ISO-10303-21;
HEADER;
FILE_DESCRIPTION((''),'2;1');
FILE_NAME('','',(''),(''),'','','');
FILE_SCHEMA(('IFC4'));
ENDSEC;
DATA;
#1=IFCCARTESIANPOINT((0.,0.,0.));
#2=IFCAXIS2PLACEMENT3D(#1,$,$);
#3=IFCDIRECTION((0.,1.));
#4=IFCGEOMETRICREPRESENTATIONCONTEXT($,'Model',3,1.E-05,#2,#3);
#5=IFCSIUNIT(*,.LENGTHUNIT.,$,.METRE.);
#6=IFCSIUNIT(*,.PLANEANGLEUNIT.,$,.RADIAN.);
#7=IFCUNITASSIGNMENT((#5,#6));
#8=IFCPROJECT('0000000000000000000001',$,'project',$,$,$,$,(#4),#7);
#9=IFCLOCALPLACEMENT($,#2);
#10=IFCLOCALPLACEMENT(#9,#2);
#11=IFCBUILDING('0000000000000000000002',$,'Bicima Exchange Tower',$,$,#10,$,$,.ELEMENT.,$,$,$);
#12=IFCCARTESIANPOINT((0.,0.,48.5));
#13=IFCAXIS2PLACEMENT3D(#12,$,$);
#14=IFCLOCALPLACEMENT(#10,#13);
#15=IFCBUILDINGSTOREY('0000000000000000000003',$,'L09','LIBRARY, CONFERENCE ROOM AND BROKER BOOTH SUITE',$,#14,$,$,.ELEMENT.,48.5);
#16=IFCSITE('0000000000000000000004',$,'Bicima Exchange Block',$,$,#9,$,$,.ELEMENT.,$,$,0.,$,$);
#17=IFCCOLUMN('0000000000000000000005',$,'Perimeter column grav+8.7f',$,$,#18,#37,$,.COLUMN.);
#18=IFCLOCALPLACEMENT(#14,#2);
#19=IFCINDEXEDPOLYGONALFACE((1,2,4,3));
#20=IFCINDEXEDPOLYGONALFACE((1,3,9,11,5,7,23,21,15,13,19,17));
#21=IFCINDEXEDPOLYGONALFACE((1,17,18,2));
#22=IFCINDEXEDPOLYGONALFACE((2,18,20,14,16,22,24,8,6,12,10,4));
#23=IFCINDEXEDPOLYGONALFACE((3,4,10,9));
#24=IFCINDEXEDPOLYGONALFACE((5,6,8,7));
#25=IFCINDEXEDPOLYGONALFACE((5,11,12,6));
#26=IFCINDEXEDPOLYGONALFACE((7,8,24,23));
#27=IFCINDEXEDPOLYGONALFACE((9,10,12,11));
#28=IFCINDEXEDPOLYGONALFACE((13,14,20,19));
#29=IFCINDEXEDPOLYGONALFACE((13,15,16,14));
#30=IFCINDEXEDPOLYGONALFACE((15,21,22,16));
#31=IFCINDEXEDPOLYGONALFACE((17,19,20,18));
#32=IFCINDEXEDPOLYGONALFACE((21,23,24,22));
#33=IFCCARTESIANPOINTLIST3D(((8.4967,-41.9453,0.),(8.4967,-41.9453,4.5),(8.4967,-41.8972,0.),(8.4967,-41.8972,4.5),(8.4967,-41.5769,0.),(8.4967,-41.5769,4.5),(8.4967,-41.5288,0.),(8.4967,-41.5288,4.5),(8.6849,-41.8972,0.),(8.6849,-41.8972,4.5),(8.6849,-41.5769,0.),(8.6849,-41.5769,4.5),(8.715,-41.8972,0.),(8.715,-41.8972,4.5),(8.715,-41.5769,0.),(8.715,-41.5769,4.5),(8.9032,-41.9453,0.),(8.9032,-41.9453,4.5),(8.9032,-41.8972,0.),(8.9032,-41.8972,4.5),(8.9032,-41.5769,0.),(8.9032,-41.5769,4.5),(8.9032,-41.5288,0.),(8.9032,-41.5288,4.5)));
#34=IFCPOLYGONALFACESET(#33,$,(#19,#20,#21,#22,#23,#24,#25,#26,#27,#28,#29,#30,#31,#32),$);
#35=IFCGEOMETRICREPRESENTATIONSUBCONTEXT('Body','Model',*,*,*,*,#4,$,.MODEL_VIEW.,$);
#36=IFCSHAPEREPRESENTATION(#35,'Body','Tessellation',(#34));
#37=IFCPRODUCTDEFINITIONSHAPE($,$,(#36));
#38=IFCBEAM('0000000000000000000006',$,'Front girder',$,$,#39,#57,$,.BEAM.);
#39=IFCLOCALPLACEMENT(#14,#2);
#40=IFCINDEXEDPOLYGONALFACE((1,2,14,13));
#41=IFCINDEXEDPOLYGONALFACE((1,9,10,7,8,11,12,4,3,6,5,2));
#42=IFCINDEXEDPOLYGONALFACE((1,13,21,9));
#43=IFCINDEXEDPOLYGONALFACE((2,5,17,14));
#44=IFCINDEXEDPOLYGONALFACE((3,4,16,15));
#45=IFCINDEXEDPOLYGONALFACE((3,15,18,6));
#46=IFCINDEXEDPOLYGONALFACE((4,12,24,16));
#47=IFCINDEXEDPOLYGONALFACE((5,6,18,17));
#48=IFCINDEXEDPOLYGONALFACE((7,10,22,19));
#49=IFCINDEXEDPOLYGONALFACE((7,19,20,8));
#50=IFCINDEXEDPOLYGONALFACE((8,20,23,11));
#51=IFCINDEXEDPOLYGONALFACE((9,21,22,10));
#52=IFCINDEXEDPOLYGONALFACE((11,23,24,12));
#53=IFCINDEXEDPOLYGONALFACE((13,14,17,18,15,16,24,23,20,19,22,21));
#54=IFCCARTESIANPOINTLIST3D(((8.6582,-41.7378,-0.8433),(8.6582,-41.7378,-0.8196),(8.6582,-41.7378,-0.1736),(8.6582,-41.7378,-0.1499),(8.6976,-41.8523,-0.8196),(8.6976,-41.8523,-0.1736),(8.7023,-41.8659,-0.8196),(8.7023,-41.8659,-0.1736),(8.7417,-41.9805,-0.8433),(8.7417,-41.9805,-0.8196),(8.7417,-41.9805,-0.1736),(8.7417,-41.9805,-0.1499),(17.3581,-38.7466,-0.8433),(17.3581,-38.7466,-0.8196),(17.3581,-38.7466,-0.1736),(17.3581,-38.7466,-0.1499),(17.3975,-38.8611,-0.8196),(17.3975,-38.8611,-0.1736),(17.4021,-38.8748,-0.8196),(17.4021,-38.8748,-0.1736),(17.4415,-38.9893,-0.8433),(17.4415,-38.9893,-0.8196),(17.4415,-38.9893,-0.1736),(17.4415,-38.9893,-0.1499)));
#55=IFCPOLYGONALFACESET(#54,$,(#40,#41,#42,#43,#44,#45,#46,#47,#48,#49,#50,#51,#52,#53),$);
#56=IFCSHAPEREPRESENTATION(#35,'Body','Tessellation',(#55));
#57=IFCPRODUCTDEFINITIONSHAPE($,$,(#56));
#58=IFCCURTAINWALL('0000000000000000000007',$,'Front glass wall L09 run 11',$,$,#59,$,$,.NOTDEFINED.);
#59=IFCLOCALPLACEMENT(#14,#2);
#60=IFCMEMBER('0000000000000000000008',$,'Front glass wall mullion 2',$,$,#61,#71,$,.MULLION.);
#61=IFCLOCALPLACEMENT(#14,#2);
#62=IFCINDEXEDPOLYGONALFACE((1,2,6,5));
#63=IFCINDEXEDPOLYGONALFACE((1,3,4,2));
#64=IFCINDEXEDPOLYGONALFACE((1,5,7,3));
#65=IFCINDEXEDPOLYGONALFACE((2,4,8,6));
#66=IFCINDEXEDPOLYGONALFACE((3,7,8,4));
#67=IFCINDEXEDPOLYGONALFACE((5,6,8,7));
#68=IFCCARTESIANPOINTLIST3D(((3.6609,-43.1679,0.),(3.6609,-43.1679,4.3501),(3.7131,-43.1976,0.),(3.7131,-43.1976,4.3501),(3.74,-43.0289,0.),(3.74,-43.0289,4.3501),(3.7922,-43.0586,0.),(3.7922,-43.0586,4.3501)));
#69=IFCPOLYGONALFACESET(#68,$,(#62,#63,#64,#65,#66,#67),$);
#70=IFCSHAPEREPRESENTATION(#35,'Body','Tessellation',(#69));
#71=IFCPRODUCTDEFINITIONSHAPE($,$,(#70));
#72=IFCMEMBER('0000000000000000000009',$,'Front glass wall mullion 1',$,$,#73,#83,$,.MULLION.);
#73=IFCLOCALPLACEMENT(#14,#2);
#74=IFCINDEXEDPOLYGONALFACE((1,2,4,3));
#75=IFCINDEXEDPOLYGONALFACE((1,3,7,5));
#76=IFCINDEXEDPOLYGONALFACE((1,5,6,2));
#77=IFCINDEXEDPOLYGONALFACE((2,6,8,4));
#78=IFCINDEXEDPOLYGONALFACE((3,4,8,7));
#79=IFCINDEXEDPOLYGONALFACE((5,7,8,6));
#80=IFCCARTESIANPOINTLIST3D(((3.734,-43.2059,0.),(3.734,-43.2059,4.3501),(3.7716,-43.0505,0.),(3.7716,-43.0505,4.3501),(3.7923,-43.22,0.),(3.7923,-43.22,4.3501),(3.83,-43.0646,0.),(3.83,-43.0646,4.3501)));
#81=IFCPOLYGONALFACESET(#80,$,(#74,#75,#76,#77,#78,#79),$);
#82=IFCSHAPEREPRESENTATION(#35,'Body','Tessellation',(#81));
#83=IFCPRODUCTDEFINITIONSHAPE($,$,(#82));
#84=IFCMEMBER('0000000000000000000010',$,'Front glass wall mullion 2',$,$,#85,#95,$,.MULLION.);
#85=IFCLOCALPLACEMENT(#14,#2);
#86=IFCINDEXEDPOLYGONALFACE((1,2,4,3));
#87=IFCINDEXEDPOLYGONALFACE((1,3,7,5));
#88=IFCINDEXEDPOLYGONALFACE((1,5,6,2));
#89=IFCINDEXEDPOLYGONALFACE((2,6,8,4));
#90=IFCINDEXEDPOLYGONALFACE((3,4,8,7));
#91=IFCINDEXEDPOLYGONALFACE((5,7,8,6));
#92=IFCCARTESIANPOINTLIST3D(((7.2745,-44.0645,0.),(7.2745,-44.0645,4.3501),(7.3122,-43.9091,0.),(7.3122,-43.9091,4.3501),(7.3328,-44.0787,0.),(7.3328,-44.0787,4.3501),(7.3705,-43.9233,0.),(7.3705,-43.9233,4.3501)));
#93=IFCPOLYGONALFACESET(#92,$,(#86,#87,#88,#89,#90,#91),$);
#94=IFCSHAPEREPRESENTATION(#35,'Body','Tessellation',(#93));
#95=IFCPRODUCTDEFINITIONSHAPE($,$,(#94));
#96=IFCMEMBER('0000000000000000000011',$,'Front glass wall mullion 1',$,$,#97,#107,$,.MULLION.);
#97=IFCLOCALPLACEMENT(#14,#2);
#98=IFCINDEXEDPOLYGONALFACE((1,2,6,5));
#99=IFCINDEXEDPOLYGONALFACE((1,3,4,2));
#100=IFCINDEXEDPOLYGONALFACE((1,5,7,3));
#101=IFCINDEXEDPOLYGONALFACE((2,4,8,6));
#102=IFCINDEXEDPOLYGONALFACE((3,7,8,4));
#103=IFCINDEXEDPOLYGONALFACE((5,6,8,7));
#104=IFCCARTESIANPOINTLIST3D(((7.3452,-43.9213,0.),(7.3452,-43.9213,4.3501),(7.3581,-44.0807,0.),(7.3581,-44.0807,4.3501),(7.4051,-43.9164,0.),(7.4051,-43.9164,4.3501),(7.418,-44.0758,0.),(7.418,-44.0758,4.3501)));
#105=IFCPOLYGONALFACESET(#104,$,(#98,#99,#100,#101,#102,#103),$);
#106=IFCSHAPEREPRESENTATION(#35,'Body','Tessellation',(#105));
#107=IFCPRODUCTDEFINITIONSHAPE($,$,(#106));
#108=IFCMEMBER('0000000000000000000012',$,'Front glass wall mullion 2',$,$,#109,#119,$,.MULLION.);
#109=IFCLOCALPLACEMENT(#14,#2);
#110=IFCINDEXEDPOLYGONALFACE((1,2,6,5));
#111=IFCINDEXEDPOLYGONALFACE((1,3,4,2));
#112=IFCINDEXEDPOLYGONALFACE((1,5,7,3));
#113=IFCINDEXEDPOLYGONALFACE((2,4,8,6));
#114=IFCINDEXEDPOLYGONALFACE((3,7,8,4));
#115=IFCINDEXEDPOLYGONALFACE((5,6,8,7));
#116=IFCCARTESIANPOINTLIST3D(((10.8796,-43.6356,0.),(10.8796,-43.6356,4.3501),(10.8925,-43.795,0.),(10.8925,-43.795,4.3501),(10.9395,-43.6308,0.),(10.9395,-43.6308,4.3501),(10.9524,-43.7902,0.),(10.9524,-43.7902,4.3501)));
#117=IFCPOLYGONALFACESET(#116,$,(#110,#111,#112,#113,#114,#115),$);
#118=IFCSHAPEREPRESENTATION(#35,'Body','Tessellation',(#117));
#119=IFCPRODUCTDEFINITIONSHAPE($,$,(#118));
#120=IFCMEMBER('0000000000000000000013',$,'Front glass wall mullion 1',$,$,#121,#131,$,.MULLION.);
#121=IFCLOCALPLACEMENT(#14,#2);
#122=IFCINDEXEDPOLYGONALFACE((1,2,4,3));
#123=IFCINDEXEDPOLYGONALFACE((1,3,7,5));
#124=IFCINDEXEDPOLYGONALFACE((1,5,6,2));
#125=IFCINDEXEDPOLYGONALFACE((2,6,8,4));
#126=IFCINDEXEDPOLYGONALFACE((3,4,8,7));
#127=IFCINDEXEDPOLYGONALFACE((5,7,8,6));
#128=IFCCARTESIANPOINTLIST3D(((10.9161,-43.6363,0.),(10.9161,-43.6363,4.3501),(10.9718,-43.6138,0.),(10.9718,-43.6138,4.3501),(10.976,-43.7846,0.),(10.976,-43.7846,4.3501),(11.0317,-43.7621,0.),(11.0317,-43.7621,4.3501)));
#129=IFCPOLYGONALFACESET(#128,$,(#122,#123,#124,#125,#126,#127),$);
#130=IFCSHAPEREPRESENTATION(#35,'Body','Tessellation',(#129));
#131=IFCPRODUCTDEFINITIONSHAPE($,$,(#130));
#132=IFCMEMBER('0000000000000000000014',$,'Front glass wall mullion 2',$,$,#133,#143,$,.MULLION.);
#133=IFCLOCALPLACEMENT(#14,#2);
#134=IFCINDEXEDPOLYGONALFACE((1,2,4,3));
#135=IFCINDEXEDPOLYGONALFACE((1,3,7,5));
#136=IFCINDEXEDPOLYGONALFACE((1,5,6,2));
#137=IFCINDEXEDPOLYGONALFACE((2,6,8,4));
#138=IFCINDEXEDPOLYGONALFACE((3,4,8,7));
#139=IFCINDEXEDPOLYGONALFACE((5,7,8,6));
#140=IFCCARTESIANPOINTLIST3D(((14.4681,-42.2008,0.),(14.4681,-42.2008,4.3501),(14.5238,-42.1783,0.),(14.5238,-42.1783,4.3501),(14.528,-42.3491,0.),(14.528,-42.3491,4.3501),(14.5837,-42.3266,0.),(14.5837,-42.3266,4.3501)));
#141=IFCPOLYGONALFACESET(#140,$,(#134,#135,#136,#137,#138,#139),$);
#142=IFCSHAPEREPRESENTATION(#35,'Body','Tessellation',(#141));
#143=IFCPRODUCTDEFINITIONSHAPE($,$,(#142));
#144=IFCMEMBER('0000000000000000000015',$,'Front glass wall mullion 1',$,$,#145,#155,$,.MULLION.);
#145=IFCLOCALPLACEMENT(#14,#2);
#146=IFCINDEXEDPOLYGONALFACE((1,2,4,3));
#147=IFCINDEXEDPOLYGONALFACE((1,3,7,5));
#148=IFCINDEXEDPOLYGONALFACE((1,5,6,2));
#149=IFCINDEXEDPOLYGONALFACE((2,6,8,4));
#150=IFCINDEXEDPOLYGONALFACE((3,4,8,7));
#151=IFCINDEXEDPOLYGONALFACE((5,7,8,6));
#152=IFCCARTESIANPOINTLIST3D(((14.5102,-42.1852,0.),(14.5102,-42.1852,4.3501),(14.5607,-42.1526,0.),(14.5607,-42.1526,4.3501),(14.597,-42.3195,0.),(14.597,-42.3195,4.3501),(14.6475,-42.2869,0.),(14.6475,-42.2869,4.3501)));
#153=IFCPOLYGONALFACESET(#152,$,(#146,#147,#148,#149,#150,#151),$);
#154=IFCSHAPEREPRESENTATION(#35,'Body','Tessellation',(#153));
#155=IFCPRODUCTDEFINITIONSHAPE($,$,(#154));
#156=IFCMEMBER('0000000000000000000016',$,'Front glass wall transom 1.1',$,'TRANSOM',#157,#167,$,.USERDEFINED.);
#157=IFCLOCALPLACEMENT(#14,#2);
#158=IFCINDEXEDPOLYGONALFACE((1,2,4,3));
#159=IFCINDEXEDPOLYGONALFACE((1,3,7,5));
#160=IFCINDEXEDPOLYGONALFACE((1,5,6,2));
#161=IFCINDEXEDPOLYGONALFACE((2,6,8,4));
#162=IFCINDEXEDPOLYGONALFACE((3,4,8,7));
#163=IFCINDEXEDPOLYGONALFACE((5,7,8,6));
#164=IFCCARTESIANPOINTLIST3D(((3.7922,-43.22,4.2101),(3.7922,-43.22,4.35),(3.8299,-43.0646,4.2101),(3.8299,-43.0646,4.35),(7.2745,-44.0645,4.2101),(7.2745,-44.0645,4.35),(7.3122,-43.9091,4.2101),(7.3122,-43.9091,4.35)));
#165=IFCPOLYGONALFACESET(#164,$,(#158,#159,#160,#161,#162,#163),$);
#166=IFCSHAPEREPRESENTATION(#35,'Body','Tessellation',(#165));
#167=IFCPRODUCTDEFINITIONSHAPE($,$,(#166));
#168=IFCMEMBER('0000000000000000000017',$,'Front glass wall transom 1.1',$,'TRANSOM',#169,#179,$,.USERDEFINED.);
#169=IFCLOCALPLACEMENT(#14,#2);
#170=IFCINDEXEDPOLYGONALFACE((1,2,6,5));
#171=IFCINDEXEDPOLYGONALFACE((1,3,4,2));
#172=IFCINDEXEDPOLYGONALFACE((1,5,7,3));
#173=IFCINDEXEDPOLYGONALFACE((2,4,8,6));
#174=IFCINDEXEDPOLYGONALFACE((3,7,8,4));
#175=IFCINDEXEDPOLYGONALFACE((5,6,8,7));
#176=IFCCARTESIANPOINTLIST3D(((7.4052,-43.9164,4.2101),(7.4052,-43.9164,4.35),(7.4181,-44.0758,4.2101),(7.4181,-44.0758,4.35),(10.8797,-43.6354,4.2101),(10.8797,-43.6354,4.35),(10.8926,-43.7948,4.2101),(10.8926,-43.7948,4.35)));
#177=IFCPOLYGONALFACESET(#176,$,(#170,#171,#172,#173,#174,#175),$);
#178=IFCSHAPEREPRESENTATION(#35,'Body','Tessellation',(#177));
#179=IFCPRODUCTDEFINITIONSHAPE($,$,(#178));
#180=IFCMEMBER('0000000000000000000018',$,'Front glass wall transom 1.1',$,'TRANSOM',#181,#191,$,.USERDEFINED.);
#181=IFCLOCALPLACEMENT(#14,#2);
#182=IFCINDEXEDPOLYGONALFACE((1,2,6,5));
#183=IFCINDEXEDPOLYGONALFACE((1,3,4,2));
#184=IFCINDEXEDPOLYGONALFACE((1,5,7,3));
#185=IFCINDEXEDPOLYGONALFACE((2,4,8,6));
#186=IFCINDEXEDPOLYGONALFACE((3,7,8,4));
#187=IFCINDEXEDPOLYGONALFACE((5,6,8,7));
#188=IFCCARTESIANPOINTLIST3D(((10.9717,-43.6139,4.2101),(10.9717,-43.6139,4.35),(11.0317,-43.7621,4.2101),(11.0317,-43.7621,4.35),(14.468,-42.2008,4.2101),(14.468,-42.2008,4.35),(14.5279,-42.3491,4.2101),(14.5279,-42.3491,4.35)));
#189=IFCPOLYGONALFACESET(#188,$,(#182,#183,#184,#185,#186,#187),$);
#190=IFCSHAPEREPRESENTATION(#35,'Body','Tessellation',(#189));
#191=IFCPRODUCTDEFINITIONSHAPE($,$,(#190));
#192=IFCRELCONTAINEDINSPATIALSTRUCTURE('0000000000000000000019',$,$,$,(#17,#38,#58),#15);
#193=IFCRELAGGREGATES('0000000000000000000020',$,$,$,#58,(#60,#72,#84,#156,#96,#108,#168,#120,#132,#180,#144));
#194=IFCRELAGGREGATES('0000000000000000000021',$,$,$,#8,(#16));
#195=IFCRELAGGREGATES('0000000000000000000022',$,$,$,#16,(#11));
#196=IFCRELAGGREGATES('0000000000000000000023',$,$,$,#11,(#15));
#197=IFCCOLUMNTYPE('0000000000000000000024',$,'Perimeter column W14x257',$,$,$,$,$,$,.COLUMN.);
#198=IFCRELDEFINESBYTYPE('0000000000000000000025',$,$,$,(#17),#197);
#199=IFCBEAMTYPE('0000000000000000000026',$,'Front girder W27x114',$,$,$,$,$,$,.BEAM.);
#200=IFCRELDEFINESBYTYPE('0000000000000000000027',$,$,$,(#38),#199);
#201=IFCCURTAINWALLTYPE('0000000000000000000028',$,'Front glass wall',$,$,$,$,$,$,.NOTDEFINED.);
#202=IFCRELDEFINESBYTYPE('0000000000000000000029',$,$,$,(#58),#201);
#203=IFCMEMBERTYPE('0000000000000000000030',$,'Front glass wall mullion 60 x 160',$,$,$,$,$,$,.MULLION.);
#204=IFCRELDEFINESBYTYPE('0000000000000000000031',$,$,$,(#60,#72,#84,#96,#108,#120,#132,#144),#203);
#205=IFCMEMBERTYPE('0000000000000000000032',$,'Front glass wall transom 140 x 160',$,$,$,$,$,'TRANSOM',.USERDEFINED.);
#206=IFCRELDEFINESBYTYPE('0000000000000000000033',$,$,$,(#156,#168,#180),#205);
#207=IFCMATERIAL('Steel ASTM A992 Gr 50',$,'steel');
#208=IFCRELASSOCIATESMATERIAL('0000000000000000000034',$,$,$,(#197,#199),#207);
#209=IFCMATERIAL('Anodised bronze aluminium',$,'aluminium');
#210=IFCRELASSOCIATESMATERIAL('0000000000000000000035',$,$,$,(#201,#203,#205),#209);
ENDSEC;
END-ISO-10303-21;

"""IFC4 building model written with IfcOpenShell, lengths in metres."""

from ifc_helpers import new_model, si_unit, direction, frame, origin, origin_2d, place, context, subcontext, project, spatial, rectangle, i_section, extrude, material, material_profile, profile_set, type_object, element, aggregate, save


model = new_model("IFC4")

# Units and contexts
model_context = context("Model", 3, precision=1e-05, world=origin(), true_north=direction((0.0, 1.0)))
body_context = subcontext(model_context, "Body", "Model", "MODEL_VIEW")
ifc_project = project(units=[si_unit("LENGTHUNIT", "METRE"), si_unit("PLANEANGLEUNIT", "RADIAN")], contexts=[model_context])

# Site, building, storey
site_placement = place(None, origin())
site = spatial("IfcSite", under=ifc_project, at=site_placement, Name="Bicima Exchange Block", CompositionType="ELEMENT", RefElevation=0.0)
building_placement = place(site_placement, origin())
building = spatial("IfcBuilding", under=site, at=building_placement, Name="Bicima Exchange Tower", CompositionType="ELEMENT")
storey_placement = place(building_placement, frame((0.0, 0.0, 48.5)))
storey = spatial("IfcBuildingStorey", under=building, at=storey_placement, Name="L09", Description="LIBRARY, CONFERENCE ROOM AND BROKER BOOTH SUITE", CompositionType="ELEMENT", Elevation=48.5)

# Column
ifc_material_1 = material(Name="Steel ASTM A992 Gr 50", Category="steel")
ifc_material_profile_1 = material_profile(ifc_material_1, i_section(OverallWidth=0.4065, OverallDepth=0.4165, WebThickness=0.03, FlangeThickness=0.0481, at=origin_2d()))
ifc_profile_set_1 = profile_set([ifc_material_profile_1], Name="Steel ASTM A992 Gr 50")
column_type = type_object("IfcColumnType", Name="Perimeter column W14x257", PredefinedType="COLUMN", material=ifc_profile_set_1)
column_placement = place(storey_placement, frame((8.7, -41.7371, 0.0), z_axis=(0.0, 0.0, 1.0), x_axis=(1.0, 0.0, 0.0)))
element("IfcColumn", 1, at=column_placement, inside=storey, type_object=column_type, Name="Perimeter column grav+8.7f", PredefinedType="COLUMN", context=body_context, shape_type="SweptSolid", body=[
    extrude(i_section(OverallWidth=0.4065, OverallDepth=0.4165, WebThickness=0.03, FlangeThickness=0.0481, at=origin_2d()), origin(), (0.0, 0.0, 1.0), 4.5),
])

# Beam
ifc_material_profile_2 = material_profile(ifc_material_1, i_section(OverallWidth=0.2566, OverallDepth=0.6934, WebThickness=0.0144, FlangeThickness=0.0237, at=origin_2d()))
ifc_profile_set_2 = profile_set([ifc_material_profile_2], Name="Steel ASTM A992 Gr 50")
beam_type = type_object("IfcBeamType", Name="Front girder W27x114", PredefinedType="BEAM", material=ifc_profile_set_2)
beam_placement = place(storey_placement, frame((8.7, -41.8591, -0.4966), z_axis=(0.945666, 0.325138, 0.0), x_axis=(-0.325138, 0.945666, 0.0)))
element("IfcBeam", 2, at=beam_placement, inside=storey, type_object=beam_type, Name="Front girder", PredefinedType="BEAM", context=body_context, shape_type="SweptSolid", body=[
    extrude(i_section(OverallWidth=0.2566, OverallDepth=0.6934, WebThickness=0.0144, FlangeThickness=0.0237, at=origin_2d()), origin(), (0.0, 0.0, 1.0), 9.1997),
])

# Curtain wall, members
ifc_material_2 = material(Name="Anodised bronze aluminium", Category="aluminium")
curtain_wall_type = type_object("IfcCurtainWallType", Name="Front glass wall", PredefinedType="NOTDEFINED", material=ifc_material_2)
curtain_wall_placement = place(storey_placement, origin())
curtain_wall = element("IfcCurtainWall", 3, at=curtain_wall_placement, inside=storey, type_object=curtain_wall_type, Name="Front glass wall L09 run 11", PredefinedType="NOTDEFINED")
ifc_material_profile_3 = material_profile(ifc_material_2, rectangle(XDim=0.1599, YDim=0.0601, at=origin_2d()))
ifc_profile_set_3 = profile_set([ifc_material_profile_3], Name="Anodised bronze aluminium")
member_type_1 = type_object("IfcMemberType", Name="Front glass wall mullion 60 x 160", PredefinedType="MULLION", material=ifc_profile_set_3)
member_1_placement = place(storey_placement, frame((3.7266, -43.1133, 0.0), z_axis=(0.0, 0.0, 1.0), x_axis=(0.49433, 0.869274, 0.0)))
member_1 = element("IfcMember", 4, at=member_1_placement, type_object=member_type_1, Name="Front glass wall mullion 2", PredefinedType="MULLION", context=body_context, shape_type="SweptSolid", body=[
    extrude(rectangle(XDim=0.1599, YDim=0.0601, at=origin_2d()), origin(), (0.0, 0.0, 1.0), 4.3501),
])
member_2_placement = place(storey_placement, frame((3.782, -43.1353, 0.0), z_axis=(0.0, 0.0, 1.0), x_axis=(0.235682, 0.97183, 0.0)))
member_2 = element("IfcMember", 5, at=member_2_placement, type_object=member_type_1, Name="Front glass wall mullion 1", PredefinedType="MULLION", context=body_context, shape_type="SweptSolid", body=[
    extrude(rectangle(XDim=0.1599, YDim=0.0601, at=origin_2d()), origin(), (0.0, 0.0, 1.0), 4.3501),
])
member_3_placement = place(storey_placement, frame((7.3225, -43.9939, 0.0), z_axis=(0.0, 0.0, 1.0), x_axis=(0.235682, 0.97183, 0.0)))
member_3 = element("IfcMember", 6, at=member_3_placement, type_object=member_type_1, Name="Front glass wall mullion 2", PredefinedType="MULLION", context=body_context, shape_type="SweptSolid", body=[
    extrude(rectangle(XDim=0.1599, YDim=0.0601, at=origin_2d()), origin(), (0.0, 0.0, 1.0), 4.3501),
])
member_4_placement = place(storey_placement, frame((7.3816, -43.9985, 0.0), z_axis=(0.0, 0.0, 1.0), x_axis=(-0.080589, 0.996747, 0.0)))
member_4 = element("IfcMember", 7, at=member_4_placement, type_object=member_type_1, Name="Front glass wall mullion 1", PredefinedType="MULLION", context=body_context, shape_type="SweptSolid", body=[
    extrude(rectangle(XDim=0.1599, YDim=0.0601, at=origin_2d()), origin(), (0.0, 0.0, 1.0), 4.3501),
])
member_5_placement = place(storey_placement, frame((10.916, -43.7129, 0.0), z_axis=(0.0, 0.0, 1.0), x_axis=(-0.080589, 0.996747, 0.0)))
member_5 = element("IfcMember", 8, at=member_5_placement, type_object=member_type_1, Name="Front glass wall mullion 2", PredefinedType="MULLION", context=body_context, shape_type="SweptSolid", body=[
    extrude(rectangle(XDim=0.1599, YDim=0.0601, at=origin_2d()), origin(), (0.0, 0.0, 1.0), 4.3501),
])
member_6_placement = place(storey_placement, frame((10.9739, -43.6992, 0.0), z_axis=(0.0, 0.0, 1.0), x_axis=(-0.374705, 0.927144, 0.0)))
member_6 = element("IfcMember", 9, at=member_6_placement, type_object=member_type_1, Name="Front glass wall mullion 1", PredefinedType="MULLION", context=body_context, shape_type="SweptSolid", body=[
    extrude(rectangle(XDim=0.1599, YDim=0.0601, at=origin_2d()), origin(), (0.0, 0.0, 1.0), 4.3501),
])
member_7_placement = place(storey_placement, frame((14.5259, -42.2637, 0.0), z_axis=(0.0, 0.0, 1.0), x_axis=(-0.374705, 0.927144, 0.0)))
member_7 = element("IfcMember", 10, at=member_7_placement, type_object=member_type_1, Name="Front glass wall mullion 2", PredefinedType="MULLION", context=body_context, shape_type="SweptSolid", body=[
    extrude(rectangle(XDim=0.1599, YDim=0.0601, at=origin_2d()), origin(), (0.0, 0.0, 1.0), 4.3501),
])
member_8_placement = place(storey_placement, frame((14.5789, -42.2361, 0.0), z_axis=(0.0, 0.0, 1.0), x_axis=(-0.542909, 0.839791, 0.0)))
member_8 = element("IfcMember", 11, at=member_8_placement, type_object=member_type_1, Name="Front glass wall mullion 1", PredefinedType="MULLION", context=body_context, shape_type="SweptSolid", body=[
    extrude(rectangle(XDim=0.1599, YDim=0.0601, at=origin_2d()), origin(), (0.0, 0.0, 1.0), 4.3501),
])
ifc_material_profile_4 = material_profile(ifc_material_2, rectangle(XDim=0.1599, YDim=0.1399, at=origin_2d()))
ifc_profile_set_4 = profile_set([ifc_material_profile_4], Name="Anodised bronze aluminium")
member_type_2 = type_object("IfcMemberType", Name="Front glass wall transom 140 x 160", ElementType="TRANSOM", PredefinedType="USERDEFINED", material=ifc_profile_set_4)
member_9_placement = place(storey_placement, frame((3.811, -43.1423, 4.28), z_axis=(0.971834, -0.235668, 0.0), x_axis=(0.235668, 0.971834, 0.0)))
member_9 = element("IfcMember", 12, at=member_9_placement, type_object=member_type_2, Name="Front glass wall transom 1.1", ObjectType="TRANSOM", PredefinedType="USERDEFINED", context=body_context, shape_type="SweptSolid", body=[
    extrude(rectangle(XDim=0.1599, YDim=0.1399, at=origin_2d()), origin(), (0.0, 0.0, 1.0), 3.5833),
])
member_10_placement = place(storey_placement, frame((7.4116, -43.9961, 4.28), z_axis=(0.996746, 0.080611, 0.0), x_axis=(-0.080611, 0.996746, 0.0)))
member_10 = element("IfcMember", 13, at=member_10_placement, type_object=member_type_2, Name="Front glass wall transom 1.1", ObjectType="TRANSOM", PredefinedType="USERDEFINED", context=body_context, shape_type="SweptSolid", body=[
    extrude(rectangle(XDim=0.1599, YDim=0.1399, at=origin_2d()), origin(), (0.0, 0.0, 1.0), 3.4858),
])
member_11_placement = place(storey_placement, frame((11.0017, -43.688, 4.28), z_axis=(0.92714, 0.374715, 0.0), x_axis=(-0.374715, 0.92714, 0.0)))
member_11 = element("IfcMember", 14, at=member_11_placement, type_object=member_type_2, Name="Front glass wall transom 1.1", ObjectType="TRANSOM", PredefinedType="USERDEFINED", context=body_context, shape_type="SweptSolid", body=[
    extrude(rectangle(XDim=0.1599, YDim=0.1399, at=origin_2d()), origin(), (0.0, 0.0, 1.0), 3.771),
])

aggregate(curtain_wall, [member_1, member_2, member_3, member_9, member_4, member_5, member_10, member_6, member_7, member_11, member_8])

save(model, "model.ifc")
